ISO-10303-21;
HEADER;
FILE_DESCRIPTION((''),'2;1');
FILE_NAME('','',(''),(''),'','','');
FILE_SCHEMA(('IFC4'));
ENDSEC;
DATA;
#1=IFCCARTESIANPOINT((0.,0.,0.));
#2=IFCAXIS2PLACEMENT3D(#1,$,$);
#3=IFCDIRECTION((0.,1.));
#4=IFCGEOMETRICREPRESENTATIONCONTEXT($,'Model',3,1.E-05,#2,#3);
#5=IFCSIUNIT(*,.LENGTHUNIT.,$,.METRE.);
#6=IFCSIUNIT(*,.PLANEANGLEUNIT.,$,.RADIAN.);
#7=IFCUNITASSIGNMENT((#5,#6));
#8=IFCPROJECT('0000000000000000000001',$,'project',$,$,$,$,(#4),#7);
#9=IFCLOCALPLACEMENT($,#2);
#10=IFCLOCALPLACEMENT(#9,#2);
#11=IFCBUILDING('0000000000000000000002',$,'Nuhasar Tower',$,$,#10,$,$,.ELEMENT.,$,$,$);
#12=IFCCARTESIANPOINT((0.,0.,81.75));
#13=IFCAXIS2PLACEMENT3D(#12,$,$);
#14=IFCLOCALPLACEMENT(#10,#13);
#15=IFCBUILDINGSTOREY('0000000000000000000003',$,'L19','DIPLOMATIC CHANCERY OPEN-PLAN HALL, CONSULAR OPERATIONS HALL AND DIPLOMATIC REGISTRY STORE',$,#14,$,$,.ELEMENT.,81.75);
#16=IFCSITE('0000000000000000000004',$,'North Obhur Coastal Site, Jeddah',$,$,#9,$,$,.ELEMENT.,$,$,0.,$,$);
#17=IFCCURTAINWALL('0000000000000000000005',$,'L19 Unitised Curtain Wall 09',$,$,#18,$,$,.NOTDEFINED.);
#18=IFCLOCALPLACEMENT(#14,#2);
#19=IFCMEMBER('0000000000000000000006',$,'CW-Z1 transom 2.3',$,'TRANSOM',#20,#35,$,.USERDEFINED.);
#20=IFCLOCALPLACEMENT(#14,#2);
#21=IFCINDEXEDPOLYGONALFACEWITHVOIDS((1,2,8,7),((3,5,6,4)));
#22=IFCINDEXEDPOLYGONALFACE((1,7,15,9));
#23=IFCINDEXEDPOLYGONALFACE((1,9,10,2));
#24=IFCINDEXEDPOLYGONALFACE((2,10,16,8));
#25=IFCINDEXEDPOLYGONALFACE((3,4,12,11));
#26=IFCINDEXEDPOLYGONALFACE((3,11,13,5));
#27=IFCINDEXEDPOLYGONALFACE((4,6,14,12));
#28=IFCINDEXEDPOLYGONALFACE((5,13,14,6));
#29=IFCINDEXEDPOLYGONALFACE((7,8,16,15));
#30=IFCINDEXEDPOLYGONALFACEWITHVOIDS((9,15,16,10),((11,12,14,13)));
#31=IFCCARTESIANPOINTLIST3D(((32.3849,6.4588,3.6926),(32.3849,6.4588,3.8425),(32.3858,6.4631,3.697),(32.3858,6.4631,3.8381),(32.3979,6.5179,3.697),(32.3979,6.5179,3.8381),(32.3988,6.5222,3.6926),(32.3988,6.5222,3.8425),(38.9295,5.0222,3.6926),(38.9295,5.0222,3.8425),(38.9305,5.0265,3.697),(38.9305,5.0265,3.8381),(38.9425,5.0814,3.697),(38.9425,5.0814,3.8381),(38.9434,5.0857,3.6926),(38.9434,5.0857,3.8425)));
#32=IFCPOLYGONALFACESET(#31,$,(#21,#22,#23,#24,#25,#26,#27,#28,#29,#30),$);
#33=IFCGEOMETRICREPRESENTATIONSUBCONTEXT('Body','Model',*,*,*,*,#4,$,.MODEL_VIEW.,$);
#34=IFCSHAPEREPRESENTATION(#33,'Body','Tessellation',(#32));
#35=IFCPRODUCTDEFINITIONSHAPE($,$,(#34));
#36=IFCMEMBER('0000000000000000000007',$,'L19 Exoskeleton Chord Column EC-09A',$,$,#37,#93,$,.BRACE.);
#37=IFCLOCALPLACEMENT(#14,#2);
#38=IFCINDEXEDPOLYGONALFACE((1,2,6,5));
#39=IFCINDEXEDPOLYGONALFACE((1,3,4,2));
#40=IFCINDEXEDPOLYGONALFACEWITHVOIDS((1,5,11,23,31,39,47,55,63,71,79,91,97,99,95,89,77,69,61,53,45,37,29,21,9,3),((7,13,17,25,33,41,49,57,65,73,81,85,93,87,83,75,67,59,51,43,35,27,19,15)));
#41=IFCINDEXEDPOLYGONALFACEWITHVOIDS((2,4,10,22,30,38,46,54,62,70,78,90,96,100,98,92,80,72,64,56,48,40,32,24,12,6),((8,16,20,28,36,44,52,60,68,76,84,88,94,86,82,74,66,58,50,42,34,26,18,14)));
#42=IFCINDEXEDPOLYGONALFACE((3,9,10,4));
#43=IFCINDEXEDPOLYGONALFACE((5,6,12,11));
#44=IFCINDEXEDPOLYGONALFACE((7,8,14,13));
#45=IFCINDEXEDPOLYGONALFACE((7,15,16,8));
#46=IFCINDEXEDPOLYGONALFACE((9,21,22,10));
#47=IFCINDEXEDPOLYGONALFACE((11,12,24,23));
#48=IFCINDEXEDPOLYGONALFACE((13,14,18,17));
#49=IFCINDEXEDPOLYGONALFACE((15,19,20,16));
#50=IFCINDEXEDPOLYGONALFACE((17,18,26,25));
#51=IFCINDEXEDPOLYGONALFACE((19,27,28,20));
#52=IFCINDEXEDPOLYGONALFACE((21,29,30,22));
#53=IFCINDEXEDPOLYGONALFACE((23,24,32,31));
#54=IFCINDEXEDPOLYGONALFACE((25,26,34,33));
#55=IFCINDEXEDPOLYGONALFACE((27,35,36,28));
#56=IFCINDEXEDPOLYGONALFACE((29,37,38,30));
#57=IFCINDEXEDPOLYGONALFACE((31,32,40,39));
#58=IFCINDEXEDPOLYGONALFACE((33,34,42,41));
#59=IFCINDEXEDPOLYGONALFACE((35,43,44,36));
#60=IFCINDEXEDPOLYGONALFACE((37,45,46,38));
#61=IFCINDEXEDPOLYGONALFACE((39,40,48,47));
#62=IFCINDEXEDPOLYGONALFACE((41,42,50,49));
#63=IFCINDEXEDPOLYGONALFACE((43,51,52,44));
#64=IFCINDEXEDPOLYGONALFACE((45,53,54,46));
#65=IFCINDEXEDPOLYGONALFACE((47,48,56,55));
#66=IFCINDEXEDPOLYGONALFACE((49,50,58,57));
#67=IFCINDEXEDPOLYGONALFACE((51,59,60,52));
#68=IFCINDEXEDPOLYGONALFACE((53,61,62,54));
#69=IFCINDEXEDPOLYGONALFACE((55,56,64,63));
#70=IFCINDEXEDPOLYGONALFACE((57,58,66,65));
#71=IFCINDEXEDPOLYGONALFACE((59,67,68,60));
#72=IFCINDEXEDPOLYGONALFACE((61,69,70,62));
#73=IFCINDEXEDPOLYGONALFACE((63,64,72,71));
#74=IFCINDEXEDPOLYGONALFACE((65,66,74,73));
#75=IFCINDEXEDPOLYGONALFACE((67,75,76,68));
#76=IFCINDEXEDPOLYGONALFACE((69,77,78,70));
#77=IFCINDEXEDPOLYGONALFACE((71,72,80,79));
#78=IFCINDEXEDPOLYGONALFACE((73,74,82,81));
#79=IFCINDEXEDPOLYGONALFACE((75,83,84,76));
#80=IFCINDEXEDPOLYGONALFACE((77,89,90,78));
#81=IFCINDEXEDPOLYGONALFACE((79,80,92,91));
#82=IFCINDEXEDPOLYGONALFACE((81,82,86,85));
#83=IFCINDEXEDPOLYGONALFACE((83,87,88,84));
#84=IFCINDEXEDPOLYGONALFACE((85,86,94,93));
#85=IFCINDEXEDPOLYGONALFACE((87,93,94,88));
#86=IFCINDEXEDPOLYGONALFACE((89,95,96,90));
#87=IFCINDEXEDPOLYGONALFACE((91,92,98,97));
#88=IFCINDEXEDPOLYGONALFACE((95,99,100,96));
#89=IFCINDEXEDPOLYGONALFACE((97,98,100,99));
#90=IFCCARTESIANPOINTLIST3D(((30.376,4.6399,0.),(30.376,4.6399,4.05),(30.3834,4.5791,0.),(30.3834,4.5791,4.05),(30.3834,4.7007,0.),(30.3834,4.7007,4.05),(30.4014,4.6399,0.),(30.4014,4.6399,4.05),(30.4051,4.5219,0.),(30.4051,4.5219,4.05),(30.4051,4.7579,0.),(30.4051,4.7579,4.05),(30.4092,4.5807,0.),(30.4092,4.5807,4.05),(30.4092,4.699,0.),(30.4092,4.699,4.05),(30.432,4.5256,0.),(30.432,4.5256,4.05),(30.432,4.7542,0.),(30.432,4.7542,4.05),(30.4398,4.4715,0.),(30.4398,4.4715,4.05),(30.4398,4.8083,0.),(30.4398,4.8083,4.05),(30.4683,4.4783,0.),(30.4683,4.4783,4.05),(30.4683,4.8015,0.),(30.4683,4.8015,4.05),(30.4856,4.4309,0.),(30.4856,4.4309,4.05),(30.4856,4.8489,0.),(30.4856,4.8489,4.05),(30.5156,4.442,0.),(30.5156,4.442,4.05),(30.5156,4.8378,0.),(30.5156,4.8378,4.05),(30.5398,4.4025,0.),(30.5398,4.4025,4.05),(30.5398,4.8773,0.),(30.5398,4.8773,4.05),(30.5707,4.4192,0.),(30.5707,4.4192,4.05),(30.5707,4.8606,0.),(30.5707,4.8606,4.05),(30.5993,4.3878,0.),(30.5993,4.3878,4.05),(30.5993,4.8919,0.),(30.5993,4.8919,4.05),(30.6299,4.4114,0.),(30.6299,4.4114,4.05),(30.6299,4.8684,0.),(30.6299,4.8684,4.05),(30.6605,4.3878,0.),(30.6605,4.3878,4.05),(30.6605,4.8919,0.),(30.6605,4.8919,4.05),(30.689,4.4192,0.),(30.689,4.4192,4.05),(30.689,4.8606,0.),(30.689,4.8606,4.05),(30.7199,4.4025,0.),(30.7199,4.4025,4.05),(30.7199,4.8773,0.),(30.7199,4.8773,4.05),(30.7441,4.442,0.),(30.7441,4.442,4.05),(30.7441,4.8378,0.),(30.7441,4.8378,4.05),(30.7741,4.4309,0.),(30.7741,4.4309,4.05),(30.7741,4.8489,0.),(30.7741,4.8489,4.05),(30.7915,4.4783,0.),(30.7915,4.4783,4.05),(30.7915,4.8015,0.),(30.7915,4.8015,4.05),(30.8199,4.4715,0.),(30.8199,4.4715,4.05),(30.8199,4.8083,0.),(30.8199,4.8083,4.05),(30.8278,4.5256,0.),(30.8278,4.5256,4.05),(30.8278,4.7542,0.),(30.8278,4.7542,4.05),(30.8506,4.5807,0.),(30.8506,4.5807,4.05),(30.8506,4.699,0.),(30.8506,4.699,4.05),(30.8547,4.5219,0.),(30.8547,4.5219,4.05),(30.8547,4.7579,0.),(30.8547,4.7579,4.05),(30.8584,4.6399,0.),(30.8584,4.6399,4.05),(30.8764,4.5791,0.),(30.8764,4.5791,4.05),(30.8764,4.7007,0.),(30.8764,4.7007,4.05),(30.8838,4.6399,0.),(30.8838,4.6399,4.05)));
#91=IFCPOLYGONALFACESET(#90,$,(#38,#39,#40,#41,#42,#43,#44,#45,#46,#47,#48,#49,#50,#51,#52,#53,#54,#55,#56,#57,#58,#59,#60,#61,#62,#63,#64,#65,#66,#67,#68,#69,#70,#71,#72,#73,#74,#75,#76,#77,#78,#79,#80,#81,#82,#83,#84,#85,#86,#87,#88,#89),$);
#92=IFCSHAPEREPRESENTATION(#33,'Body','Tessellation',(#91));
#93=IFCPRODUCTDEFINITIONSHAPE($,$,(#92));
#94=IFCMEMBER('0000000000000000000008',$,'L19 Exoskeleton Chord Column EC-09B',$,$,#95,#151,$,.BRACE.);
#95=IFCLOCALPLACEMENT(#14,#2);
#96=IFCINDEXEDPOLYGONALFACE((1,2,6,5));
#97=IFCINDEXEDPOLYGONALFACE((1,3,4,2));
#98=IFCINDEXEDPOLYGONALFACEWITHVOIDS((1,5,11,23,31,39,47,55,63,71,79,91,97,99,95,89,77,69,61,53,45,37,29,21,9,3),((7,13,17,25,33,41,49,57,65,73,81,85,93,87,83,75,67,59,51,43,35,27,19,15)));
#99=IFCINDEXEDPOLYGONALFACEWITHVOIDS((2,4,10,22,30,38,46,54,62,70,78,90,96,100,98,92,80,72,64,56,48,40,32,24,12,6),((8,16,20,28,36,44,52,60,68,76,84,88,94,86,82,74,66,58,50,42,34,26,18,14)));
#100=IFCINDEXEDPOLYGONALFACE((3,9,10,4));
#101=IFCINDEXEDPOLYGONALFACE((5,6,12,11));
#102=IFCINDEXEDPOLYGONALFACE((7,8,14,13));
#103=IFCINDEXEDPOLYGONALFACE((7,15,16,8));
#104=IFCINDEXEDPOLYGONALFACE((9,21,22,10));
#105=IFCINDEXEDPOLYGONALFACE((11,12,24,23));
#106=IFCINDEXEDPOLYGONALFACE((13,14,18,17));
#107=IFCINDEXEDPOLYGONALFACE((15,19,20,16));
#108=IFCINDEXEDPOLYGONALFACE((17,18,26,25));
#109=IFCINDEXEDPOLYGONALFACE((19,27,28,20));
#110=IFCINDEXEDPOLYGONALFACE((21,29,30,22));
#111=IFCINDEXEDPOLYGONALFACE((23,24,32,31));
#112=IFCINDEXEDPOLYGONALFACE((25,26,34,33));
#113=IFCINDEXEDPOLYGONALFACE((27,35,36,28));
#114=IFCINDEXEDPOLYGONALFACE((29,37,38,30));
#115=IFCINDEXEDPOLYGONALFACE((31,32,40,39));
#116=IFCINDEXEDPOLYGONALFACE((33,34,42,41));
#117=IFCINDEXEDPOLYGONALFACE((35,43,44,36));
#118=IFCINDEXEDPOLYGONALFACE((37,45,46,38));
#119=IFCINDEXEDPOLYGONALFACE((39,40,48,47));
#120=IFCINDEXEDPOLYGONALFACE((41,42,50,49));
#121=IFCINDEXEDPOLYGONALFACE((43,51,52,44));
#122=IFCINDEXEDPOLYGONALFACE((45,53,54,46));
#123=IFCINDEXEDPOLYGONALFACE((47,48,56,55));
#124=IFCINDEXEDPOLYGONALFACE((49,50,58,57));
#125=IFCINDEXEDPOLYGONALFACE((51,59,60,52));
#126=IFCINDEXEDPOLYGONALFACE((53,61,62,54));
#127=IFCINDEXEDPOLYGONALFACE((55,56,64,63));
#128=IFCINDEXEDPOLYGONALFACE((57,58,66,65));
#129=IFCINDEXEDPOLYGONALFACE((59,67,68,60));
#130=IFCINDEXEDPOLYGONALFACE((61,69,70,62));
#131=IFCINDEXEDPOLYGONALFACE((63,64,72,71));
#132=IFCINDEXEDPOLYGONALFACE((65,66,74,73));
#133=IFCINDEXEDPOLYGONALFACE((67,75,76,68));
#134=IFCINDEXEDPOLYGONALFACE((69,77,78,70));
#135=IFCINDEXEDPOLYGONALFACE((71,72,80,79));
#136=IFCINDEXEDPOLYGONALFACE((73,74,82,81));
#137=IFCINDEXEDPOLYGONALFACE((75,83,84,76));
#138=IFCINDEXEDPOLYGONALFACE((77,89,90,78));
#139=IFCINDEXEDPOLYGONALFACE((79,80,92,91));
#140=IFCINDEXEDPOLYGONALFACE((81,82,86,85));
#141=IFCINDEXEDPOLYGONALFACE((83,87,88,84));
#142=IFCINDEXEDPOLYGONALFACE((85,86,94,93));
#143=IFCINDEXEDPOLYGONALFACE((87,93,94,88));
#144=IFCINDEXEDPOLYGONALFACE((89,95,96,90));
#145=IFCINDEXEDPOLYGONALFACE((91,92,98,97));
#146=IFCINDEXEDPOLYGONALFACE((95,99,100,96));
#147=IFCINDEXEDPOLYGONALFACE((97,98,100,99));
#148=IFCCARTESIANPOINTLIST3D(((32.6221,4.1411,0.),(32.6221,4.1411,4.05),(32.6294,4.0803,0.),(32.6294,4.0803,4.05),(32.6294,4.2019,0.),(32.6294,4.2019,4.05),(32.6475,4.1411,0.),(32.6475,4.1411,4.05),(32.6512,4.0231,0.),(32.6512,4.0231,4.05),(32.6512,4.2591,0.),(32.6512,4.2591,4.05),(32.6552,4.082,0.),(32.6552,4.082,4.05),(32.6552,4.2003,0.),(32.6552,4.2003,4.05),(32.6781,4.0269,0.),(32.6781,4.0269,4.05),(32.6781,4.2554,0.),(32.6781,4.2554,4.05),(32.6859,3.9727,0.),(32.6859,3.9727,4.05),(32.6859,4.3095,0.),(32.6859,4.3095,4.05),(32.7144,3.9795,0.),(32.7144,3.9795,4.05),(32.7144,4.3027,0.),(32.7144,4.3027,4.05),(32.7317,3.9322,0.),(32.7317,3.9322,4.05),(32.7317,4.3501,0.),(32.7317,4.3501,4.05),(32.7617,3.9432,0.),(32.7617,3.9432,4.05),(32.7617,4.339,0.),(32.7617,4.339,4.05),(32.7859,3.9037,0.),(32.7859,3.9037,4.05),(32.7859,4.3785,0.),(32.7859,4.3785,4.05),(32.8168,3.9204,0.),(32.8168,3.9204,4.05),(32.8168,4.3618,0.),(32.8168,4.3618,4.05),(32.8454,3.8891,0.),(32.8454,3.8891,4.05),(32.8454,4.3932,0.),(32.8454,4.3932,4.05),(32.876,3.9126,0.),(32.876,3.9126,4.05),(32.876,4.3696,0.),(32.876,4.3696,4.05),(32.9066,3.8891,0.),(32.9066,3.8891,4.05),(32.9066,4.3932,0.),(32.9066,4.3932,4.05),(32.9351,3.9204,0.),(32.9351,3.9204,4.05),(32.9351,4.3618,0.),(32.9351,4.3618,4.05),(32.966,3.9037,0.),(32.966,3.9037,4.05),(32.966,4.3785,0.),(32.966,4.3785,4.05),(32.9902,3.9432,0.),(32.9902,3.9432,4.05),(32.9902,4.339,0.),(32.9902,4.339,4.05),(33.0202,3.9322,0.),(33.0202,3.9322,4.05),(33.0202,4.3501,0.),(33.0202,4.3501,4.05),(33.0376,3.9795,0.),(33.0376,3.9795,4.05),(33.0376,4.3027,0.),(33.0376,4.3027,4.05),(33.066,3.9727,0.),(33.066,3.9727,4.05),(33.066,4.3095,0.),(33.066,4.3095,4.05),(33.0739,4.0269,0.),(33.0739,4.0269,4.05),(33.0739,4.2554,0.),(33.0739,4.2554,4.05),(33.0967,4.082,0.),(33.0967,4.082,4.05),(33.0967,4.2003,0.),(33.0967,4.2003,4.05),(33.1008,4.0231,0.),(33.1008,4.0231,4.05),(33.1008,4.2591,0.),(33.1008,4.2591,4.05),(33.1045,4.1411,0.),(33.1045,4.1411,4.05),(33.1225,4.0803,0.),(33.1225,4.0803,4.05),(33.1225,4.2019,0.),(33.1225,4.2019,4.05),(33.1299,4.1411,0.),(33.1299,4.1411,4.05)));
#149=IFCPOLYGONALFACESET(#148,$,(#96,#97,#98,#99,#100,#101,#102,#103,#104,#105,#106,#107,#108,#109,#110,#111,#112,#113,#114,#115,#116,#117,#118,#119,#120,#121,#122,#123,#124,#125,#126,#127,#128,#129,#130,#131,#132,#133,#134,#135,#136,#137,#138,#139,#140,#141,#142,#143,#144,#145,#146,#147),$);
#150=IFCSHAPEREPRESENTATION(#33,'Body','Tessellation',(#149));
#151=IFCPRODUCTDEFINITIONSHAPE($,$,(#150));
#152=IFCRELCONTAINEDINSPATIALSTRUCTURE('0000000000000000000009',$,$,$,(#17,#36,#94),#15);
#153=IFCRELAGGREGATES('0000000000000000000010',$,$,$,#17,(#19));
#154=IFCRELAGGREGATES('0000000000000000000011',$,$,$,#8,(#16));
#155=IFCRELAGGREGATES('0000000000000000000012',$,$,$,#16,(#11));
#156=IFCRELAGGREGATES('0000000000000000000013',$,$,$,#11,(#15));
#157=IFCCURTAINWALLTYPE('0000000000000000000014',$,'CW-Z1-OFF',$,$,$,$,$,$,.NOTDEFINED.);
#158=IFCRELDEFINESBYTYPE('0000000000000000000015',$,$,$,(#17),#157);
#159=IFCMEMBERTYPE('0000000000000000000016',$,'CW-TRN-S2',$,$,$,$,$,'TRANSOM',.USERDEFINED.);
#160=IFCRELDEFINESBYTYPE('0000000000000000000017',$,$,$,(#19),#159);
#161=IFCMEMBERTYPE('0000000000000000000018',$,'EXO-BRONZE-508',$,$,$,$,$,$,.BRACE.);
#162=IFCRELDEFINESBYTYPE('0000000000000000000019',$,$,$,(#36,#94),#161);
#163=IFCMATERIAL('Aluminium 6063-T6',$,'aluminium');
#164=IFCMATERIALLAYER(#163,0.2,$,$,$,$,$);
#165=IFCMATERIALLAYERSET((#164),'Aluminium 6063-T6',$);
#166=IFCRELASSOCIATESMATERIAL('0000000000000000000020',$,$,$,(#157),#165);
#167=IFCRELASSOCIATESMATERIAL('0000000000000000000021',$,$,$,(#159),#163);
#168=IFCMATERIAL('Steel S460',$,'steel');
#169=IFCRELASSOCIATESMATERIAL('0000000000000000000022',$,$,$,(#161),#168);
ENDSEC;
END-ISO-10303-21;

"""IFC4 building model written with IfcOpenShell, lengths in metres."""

from ifc_helpers import new_model, si_unit, direction, frame, origin, origin_2d, place, context, subcontext, project, spatial, hollow_rectangle, hollow_circle, extrude, material, layer, layer_set, material_profile, profile_set, type_object, element, aggregate, save


model = new_model("IFC4")

# Units and contexts
model_context = context("Model", 3, precision=1e-05, world=origin(), true_north=direction((0.0, 1.0)))
body_context = subcontext(model_context, "Body", "Model", "MODEL_VIEW")
ifc_project = project(units=[si_unit("LENGTHUNIT", "METRE"), si_unit("PLANEANGLEUNIT", "RADIAN")], contexts=[model_context])

# Site, building, storey
site_placement = place(None, origin())
site = spatial("IfcSite", under=ifc_project, at=site_placement, Name="North Obhur Coastal Site, Jeddah", CompositionType="ELEMENT", RefElevation=0.0)
building_placement = place(site_placement, origin())
building = spatial("IfcBuilding", under=site, at=building_placement, Name="Nuhasar Tower", CompositionType="ELEMENT")
storey_placement = place(building_placement, frame((0.0, 0.0, 81.75)))
storey = spatial("IfcBuildingStorey", under=building, at=storey_placement, Name="L19", Description="DIPLOMATIC CHANCERY OPEN-PLAN HALL, CONSULAR OPERATIONS HALL AND DIPLOMATIC REGISTRY STORE", CompositionType="ELEMENT", Elevation=81.75)

# Curtain wall, member
ifc_material_1 = material(Name="Aluminium 6063-T6", Category="aluminium")
ifc_layer_1 = layer(ifc_material_1, 0.2)
ifc_layer_set_1 = layer_set([ifc_layer_1], Name="Aluminium 6063-T6")
curtain_wall_type = type_object("IfcCurtainWallType", Name="CW-Z1-OFF", PredefinedType="NOTDEFINED", material=ifc_layer_set_1)
curtain_wall_placement = place(storey_placement, origin())
curtain_wall = element("IfcCurtainWall", 1, at=curtain_wall_placement, inside=storey, type_object=curtain_wall_type, Name="L19 Unitised Curtain Wall 09", PredefinedType="NOTDEFINED")
ifc_material_profile_1 = material_profile(ifc_material_1, hollow_rectangle(XDim=0.0649, YDim=0.1499, WallThickness=0.0044, at=origin_2d()), Name="CWT-2")
ifc_profile_set_1 = profile_set([ifc_material_profile_1], Name="Aluminium 6063-T6")
member_type_1 = type_object("IfcMemberType", Name="CW-TRN-S2", ElementType="TRANSOM", PredefinedType="USERDEFINED", material=ifc_profile_set_1)
member_1_placement = place(storey_placement, frame((32.3918, 6.4905, 3.7676), z_axis=(0.976748, -0.214391, 0.0), x_axis=(0.214391, 0.976748, 0.0)))
member_1 = element("IfcMember", 2, at=member_1_placement, type_object=member_type_1, Name="CW-Z1 transom 2.3", ObjectType="TRANSOM", PredefinedType="USERDEFINED", context=body_context, shape_type="SweptSolid", body=[
    extrude(hollow_rectangle(XDim=0.0649, YDim=0.1499, WallThickness=0.0044, at=origin_2d()), origin(), (0.0, 0.0, 1.0), 6.7004),
])

# Members
ifc_material_2 = material(Name="Steel S460", Category="steel")
ifc_material_profile_2 = material_profile(ifc_material_2, hollow_circle(Radius=0.2539, WallThickness=0.0254, at=origin_2d()), Name="HSS508X25.4")
ifc_profile_set_2 = profile_set([ifc_material_profile_2], Name="Steel S460")
member_type_2 = type_object("IfcMemberType", Name="EXO-BRONZE-508", PredefinedType="BRACE", material=ifc_profile_set_2)
for number, where, z_axis, x_axis, name in (
    (3, (30.6299, 4.6399, 0.0), (0.0, 0.0, 1.0), (1.0, 0.0, 0.0), "L19 Exoskeleton Chord Column EC-09A"),
    (4, (32.876, 4.1411, 0.0), (0.0, 0.0, 1.0), (1.0, 0.0, 0.0), "L19 Exoskeleton Chord Column EC-09B"),
):
    element("IfcMember", number, at=place(storey_placement, frame(where, z_axis=z_axis, x_axis=x_axis)), inside=storey, type_object=member_type_2, Name=name, PredefinedType="BRACE", context=body_context, shape_type="SweptSolid", body=[
        extrude(hollow_circle(Radius=0.2539, WallThickness=0.0254, at=origin_2d()), origin(), (0.0, 0.0, 1.0), 4.05),
    ])

aggregate(curtain_wall, [member_1])

save(model, "model.ifc")
